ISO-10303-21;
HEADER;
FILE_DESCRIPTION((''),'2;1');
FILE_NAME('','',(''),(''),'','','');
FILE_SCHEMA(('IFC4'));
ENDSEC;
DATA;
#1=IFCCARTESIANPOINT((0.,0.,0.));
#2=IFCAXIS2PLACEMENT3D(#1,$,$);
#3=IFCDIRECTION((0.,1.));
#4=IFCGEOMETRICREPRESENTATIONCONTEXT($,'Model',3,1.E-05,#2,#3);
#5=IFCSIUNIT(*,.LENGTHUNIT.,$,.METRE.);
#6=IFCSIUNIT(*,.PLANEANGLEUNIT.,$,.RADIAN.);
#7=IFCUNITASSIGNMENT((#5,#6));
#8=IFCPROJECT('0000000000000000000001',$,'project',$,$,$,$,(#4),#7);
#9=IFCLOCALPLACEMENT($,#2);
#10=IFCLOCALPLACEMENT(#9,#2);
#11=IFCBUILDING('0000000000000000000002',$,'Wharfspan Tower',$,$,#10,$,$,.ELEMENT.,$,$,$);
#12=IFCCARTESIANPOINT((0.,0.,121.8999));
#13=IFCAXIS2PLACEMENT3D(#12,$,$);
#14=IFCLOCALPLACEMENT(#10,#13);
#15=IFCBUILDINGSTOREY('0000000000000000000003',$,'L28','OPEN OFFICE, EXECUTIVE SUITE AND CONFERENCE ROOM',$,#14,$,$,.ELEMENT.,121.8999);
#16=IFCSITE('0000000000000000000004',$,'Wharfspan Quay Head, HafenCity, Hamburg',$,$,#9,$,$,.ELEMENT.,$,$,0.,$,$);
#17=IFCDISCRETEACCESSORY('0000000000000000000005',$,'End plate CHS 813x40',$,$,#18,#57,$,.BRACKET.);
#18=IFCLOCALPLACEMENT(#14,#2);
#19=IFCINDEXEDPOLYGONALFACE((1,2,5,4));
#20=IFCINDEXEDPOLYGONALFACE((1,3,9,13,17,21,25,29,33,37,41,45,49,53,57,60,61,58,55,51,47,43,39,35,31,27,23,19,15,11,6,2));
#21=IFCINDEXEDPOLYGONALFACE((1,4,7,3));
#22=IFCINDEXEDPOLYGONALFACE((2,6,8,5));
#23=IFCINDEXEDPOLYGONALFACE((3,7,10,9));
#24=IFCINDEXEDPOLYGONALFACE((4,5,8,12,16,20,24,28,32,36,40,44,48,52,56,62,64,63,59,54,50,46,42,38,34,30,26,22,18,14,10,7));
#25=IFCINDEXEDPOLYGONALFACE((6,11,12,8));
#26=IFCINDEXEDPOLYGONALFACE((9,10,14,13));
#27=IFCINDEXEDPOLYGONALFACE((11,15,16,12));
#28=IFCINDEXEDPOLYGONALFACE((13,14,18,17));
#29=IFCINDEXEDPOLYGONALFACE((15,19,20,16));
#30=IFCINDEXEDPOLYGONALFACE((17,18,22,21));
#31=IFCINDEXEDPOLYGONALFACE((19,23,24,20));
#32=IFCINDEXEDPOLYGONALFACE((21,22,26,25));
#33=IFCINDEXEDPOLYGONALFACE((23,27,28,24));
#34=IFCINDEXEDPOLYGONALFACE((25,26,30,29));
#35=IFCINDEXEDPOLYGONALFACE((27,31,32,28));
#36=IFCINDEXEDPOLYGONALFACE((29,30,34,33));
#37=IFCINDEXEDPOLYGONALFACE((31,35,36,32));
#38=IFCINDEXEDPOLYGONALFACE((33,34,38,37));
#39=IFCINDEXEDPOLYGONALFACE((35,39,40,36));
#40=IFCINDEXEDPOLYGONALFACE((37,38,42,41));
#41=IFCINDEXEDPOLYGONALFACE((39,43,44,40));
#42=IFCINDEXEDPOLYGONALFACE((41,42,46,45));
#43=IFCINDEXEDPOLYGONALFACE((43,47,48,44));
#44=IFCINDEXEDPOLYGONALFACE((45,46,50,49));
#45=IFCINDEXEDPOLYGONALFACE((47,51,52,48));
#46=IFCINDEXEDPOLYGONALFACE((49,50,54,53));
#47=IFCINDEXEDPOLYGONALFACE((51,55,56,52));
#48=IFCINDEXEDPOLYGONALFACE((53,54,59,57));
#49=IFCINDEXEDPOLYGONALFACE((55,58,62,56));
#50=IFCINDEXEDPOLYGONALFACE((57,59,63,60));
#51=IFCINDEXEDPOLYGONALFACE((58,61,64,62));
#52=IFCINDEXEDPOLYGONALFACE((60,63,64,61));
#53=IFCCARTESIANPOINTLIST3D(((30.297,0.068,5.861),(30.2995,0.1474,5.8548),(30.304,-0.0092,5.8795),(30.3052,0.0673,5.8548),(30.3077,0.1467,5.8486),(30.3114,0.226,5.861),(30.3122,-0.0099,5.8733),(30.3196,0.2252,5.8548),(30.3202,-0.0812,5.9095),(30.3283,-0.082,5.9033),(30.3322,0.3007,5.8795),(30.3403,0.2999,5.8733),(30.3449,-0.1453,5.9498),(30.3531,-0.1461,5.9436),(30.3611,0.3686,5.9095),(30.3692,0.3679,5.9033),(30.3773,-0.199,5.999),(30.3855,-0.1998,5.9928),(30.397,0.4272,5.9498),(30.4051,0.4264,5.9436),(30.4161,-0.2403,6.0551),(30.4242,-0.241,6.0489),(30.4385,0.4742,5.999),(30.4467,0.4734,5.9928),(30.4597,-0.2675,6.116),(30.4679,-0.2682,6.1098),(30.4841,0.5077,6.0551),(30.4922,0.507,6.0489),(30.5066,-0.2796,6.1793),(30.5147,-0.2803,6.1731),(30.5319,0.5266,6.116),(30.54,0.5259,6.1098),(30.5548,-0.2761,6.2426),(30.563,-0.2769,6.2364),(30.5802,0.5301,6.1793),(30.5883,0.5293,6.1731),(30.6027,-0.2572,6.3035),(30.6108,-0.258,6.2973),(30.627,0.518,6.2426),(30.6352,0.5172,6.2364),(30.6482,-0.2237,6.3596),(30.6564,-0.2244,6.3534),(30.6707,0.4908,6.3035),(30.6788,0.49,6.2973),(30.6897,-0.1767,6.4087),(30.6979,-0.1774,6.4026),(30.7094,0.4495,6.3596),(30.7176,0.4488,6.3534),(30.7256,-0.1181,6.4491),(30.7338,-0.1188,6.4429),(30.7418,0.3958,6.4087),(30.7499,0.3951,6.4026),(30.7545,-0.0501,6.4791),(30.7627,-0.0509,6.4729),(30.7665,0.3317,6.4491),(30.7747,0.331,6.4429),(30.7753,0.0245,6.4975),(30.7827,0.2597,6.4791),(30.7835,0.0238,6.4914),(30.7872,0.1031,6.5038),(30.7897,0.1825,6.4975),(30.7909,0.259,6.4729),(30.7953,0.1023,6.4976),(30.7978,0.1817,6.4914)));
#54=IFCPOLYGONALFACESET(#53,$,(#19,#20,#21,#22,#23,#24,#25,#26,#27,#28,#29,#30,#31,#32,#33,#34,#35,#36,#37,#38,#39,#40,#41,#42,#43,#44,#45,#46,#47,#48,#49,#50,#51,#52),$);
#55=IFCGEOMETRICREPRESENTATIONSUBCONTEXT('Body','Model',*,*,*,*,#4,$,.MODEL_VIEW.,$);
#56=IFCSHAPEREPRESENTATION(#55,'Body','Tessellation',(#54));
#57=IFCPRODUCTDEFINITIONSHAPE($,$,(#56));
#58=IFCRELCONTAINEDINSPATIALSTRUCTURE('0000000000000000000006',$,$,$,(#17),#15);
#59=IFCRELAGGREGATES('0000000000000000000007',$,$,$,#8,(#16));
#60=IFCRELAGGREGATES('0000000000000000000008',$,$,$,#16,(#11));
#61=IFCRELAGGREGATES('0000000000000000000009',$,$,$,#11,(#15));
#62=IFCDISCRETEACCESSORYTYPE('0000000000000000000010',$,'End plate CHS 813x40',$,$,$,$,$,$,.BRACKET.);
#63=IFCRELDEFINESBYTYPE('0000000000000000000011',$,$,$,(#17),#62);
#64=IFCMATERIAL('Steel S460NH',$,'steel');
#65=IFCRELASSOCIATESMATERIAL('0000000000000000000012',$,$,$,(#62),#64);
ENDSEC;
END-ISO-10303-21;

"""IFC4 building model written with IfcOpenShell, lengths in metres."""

from ifc_helpers import new_model, si_unit, direction, frame, origin, origin_2d, place, context, subcontext, project, spatial, circle, extrude, material, material_profile, profile_set, type_object, element, save


model = new_model("IFC4")

# Units and contexts
model_context = context("Model", 3, precision=1e-05, world=origin(), true_north=direction((0.0, 1.0)))
body_context = subcontext(model_context, "Body", "Model", "MODEL_VIEW")
ifc_project = project(units=[si_unit("LENGTHUNIT", "METRE"), si_unit("PLANEANGLEUNIT", "RADIAN")], contexts=[model_context])

# Site, building, storey
site_placement = place(None, origin())
site = spatial("IfcSite", under=ifc_project, at=site_placement, Name="Wharfspan Quay Head, HafenCity, Hamburg", CompositionType="ELEMENT", RefElevation=0.0)
building_placement = place(site_placement, origin())
building = spatial("IfcBuilding", under=site, at=building_placement, Name="Wharfspan Tower", CompositionType="ELEMENT")
storey_placement = place(building_placement, frame((0.0, 0.0, 121.8999)))
storey = spatial("IfcBuildingStorey", under=building, at=storey_placement, Name="L28", Description="OPEN OFFICE, EXECUTIVE SUITE AND CONFERENCE ROOM", CompositionType="ELEMENT", Elevation=121.8999)

# Shared definitions
ifc_material_1 = material(Name="Steel S460NH", Category="steel")

# Discrete accessory
ifc_material_profile_1 = material_profile(ifc_material_1, circle(Radius=0.4065, at=origin_2d()))
ifc_profile_set_1 = profile_set([ifc_material_profile_1], Name="Steel S460NH")
discrete_accessory_type = type_object("IfcDiscreteAccessoryType", Name="End plate CHS 813x40", PredefinedType="BRACKET", material=ifc_profile_set_1)
for number, where, z_axis, x_axis, name in (
    (1, (30.5515, 0.1245, 6.1731), (-0.795008, 0.072273, 0.602279), (-0.090536, -0.995894, -0.000001), "End plate CHS 813x40"),
):
    element("IfcDiscreteAccessory", number, at=place(storey_placement, frame(where, z_axis=z_axis, x_axis=x_axis)), inside=storey, type_object=discrete_accessory_type, Name=name, PredefinedType="BRACKET", context=body_context, shape_type="SweptSolid", body=[
        extrude(circle(Radius=0.4065, at=origin_2d()), origin(), (0.0, 0.0, 1.0), 0.0103),
    ])

save(model, "model.ifc")
